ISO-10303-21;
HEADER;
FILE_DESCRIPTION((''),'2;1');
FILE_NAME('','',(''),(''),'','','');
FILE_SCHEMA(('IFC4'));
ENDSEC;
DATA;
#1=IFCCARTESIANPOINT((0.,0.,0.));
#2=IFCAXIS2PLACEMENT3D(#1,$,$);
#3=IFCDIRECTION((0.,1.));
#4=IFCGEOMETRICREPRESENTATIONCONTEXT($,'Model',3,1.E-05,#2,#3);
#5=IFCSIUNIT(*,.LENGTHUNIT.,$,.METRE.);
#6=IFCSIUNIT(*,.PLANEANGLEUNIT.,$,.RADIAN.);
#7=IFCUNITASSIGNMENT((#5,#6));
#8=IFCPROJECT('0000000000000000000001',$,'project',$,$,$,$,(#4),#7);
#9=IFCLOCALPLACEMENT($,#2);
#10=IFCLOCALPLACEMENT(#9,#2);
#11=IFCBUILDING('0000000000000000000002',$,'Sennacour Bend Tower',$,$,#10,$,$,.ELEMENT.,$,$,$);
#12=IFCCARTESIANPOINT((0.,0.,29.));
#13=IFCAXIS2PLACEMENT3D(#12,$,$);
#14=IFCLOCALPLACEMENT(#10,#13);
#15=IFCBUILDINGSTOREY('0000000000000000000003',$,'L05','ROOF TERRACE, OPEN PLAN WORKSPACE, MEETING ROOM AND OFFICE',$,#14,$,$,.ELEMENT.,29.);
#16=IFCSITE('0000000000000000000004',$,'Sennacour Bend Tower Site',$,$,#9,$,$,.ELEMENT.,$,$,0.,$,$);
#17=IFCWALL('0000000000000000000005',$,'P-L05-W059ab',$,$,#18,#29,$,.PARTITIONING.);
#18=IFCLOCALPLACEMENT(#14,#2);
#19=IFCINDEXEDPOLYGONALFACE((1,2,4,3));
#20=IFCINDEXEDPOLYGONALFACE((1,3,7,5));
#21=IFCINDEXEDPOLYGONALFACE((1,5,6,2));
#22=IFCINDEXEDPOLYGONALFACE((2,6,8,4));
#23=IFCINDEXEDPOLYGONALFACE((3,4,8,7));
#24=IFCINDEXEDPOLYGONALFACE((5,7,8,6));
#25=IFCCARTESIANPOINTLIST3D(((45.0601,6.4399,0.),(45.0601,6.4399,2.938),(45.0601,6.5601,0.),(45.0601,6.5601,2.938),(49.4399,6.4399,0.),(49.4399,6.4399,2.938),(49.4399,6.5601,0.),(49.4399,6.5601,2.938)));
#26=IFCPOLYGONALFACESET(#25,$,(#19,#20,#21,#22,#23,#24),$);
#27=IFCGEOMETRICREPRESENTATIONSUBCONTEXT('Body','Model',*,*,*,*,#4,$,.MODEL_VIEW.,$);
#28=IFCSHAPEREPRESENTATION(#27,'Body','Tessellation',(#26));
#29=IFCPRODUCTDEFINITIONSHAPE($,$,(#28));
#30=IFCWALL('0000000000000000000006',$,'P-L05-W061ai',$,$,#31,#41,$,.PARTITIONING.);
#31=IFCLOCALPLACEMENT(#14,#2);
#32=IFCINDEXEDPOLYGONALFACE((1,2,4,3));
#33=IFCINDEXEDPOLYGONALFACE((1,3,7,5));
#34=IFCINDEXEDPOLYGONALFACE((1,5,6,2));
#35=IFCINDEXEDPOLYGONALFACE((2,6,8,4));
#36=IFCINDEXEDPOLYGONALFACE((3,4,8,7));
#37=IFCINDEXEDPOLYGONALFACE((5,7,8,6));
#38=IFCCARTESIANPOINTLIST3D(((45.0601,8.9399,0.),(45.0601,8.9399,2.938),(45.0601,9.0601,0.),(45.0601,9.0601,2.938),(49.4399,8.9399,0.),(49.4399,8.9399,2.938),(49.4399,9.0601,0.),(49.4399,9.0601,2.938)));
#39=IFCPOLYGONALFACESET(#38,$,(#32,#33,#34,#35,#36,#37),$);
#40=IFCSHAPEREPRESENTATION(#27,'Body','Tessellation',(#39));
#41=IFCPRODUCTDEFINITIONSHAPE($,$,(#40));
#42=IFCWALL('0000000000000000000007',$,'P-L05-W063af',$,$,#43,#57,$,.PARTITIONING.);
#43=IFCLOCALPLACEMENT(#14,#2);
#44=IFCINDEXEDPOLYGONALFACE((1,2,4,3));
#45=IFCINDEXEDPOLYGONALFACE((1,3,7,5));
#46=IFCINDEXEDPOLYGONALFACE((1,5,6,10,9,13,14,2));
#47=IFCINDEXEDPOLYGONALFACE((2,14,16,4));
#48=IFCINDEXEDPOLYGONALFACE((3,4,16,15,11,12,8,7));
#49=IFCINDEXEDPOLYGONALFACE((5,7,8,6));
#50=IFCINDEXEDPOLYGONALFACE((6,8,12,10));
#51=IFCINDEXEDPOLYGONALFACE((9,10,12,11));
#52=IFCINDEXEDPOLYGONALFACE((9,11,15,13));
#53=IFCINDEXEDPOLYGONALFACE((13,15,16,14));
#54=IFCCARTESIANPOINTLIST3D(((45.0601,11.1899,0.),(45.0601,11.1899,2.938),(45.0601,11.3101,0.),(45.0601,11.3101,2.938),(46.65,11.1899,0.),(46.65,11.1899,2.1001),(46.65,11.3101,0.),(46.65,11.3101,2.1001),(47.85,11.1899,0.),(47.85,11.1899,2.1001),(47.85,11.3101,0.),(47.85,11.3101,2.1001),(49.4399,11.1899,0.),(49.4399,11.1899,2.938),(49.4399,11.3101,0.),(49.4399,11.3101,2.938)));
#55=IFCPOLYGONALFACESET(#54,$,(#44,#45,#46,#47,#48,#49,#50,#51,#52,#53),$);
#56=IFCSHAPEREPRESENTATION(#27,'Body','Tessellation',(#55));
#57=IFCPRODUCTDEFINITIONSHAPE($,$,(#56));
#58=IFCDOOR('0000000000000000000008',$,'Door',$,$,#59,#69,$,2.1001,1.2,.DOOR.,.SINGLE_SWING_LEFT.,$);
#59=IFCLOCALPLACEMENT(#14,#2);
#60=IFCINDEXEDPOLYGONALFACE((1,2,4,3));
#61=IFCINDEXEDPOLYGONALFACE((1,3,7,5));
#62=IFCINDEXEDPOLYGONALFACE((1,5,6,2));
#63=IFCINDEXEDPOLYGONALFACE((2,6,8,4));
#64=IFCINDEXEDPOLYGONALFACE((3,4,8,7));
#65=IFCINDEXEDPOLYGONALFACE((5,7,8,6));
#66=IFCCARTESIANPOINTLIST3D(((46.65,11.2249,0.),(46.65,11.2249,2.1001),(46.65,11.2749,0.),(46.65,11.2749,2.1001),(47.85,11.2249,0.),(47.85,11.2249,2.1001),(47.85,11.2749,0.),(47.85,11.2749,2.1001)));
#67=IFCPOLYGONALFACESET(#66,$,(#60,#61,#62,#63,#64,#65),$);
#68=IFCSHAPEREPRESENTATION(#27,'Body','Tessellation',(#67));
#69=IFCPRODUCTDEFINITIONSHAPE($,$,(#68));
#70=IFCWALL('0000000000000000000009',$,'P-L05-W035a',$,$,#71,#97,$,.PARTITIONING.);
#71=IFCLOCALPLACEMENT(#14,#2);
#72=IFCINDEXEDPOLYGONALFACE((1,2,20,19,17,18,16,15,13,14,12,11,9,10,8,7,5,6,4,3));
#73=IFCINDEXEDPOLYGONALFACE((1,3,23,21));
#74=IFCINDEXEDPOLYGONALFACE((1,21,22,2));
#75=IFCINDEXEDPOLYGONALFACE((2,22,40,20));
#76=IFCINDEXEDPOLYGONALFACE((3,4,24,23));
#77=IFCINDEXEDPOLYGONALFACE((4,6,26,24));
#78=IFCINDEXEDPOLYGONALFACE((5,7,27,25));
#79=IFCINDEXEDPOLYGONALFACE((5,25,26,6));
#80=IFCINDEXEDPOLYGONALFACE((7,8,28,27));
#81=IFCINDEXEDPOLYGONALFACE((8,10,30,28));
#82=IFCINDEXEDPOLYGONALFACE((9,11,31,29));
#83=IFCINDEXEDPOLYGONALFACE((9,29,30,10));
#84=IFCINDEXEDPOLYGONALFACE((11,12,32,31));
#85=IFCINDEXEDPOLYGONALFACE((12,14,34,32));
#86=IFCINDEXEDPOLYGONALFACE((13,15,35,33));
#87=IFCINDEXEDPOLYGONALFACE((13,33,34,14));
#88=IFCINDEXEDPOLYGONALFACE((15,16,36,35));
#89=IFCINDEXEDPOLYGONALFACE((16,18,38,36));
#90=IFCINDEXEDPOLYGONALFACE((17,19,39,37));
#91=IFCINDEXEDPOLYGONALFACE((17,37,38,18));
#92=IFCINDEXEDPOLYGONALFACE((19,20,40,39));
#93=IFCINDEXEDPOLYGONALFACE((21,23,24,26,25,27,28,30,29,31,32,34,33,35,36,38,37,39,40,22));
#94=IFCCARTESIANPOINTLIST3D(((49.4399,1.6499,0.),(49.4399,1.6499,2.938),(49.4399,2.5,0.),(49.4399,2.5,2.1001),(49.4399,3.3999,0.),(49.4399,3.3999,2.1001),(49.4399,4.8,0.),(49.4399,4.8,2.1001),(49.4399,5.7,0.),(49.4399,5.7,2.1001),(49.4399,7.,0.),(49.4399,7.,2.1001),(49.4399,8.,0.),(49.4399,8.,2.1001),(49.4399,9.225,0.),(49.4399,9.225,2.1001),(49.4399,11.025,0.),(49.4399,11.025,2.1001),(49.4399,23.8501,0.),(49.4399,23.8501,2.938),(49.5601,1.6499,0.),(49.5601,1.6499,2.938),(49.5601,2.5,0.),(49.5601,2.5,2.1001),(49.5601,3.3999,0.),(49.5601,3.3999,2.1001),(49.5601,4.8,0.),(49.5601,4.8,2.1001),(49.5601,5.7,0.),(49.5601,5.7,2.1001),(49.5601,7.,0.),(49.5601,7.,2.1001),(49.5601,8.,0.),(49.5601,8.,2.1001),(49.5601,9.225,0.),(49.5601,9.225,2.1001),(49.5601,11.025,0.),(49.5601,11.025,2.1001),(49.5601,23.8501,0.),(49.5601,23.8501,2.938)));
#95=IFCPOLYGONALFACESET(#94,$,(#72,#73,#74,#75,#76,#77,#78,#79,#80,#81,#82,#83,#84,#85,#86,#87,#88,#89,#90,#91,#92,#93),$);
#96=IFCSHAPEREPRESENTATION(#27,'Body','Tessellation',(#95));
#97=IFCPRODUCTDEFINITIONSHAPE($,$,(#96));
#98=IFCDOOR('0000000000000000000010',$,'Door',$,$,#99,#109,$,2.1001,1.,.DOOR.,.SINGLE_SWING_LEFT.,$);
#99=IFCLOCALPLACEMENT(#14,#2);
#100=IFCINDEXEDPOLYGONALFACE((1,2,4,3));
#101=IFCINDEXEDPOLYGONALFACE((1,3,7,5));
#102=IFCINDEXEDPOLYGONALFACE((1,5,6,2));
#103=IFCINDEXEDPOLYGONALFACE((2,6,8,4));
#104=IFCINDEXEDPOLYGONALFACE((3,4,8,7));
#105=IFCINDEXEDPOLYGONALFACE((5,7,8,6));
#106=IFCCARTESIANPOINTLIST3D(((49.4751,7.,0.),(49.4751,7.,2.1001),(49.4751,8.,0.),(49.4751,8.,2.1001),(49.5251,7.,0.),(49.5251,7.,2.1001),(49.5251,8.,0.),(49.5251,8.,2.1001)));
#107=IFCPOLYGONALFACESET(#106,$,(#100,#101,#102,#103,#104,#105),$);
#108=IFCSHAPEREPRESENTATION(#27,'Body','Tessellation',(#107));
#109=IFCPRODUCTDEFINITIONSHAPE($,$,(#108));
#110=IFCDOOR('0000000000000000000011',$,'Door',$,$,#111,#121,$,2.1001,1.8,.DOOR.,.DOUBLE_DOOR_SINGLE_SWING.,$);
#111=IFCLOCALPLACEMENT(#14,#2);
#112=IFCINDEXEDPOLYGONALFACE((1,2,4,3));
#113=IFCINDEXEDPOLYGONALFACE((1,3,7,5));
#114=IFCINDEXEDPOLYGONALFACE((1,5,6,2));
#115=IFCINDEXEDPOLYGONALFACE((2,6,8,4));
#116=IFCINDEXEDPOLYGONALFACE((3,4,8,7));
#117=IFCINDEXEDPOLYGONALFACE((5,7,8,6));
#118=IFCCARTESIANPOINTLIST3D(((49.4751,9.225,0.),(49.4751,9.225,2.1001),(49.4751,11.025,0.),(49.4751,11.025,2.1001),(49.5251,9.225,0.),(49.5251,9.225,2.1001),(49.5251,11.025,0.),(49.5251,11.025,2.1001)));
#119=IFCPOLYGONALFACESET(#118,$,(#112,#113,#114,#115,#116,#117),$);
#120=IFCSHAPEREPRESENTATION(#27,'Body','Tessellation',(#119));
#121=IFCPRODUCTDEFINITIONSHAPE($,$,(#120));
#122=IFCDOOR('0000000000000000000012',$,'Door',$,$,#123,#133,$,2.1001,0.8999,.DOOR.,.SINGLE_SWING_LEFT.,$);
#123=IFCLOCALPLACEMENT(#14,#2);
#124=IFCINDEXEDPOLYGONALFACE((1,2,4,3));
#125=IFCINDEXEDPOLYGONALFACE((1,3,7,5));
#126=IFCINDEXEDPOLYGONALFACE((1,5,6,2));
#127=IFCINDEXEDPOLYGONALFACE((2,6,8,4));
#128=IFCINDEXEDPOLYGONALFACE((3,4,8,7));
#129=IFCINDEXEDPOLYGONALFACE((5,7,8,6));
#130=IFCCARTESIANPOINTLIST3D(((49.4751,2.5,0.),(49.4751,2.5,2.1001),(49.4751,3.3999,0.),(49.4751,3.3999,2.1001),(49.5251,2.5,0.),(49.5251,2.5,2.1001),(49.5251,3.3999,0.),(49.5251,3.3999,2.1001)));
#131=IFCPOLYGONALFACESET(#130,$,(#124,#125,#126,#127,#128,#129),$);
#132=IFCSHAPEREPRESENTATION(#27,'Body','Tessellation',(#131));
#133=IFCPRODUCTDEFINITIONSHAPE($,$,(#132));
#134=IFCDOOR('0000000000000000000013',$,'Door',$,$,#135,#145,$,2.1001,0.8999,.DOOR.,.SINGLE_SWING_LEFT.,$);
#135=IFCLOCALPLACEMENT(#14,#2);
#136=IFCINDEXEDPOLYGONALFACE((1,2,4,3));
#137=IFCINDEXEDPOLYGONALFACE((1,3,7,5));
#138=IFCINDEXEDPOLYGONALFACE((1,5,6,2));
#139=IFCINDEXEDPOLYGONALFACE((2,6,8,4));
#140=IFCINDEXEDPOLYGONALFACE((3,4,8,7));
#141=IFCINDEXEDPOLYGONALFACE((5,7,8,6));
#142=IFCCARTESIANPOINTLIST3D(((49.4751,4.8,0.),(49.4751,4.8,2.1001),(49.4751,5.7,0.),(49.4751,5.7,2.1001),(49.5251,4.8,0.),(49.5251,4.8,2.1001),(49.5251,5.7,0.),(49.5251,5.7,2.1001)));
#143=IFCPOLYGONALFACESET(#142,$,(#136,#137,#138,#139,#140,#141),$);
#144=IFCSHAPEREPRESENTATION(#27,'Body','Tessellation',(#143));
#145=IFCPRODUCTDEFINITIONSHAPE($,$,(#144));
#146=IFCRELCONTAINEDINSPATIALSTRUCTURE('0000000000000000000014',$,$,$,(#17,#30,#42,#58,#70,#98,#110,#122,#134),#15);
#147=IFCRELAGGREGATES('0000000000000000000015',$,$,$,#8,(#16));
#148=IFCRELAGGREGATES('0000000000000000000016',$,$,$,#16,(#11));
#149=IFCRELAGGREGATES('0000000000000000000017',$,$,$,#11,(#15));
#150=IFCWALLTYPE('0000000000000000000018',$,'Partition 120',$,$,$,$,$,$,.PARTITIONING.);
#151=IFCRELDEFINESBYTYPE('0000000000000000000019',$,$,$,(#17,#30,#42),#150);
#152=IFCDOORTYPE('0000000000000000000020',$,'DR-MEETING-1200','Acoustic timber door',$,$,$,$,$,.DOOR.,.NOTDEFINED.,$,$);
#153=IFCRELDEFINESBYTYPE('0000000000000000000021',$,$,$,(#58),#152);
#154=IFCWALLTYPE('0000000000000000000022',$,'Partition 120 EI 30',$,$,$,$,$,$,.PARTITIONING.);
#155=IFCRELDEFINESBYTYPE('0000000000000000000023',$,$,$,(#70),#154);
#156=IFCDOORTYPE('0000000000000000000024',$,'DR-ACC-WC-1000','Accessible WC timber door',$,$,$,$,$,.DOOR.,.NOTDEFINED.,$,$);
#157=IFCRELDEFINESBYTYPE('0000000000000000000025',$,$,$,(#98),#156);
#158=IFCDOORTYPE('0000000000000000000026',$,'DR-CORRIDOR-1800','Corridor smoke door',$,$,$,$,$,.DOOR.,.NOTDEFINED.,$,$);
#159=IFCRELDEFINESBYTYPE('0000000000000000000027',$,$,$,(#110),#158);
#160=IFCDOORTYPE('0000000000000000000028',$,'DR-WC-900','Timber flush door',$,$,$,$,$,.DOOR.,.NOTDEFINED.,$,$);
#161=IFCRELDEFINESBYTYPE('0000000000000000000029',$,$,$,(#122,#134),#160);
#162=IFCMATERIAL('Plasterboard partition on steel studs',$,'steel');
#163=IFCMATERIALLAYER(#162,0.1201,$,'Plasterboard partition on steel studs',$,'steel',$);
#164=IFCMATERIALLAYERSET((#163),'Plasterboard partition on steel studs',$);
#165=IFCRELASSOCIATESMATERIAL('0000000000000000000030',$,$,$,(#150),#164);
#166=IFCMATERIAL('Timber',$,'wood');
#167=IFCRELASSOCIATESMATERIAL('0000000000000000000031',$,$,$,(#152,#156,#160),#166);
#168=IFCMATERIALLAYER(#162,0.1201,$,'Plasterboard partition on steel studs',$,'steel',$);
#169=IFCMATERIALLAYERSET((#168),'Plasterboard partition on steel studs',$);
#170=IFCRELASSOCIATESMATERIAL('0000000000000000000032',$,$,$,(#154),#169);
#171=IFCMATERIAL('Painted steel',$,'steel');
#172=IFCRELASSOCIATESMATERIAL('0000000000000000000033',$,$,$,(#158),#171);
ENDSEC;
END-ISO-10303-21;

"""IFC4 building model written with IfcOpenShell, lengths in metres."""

from ifc_helpers import new_model, si_unit, direction, frame, frame_2d, origin, place, context, subcontext, project, spatial, rectangle, extrude, material, layer, layer_set, type_object, element, fill, save


model = new_model("IFC4")

# Units and contexts
model_context = context("Model", 3, precision=1e-05, world=origin(), true_north=direction((0.0, 1.0)))
body_context = subcontext(model_context, "Body", "Model", "MODEL_VIEW")
ifc_project = project(units=[si_unit("LENGTHUNIT", "METRE"), si_unit("PLANEANGLEUNIT", "RADIAN")], contexts=[model_context])

# Site, building, storey
site_placement = place(None, origin())
site = spatial("IfcSite", under=ifc_project, at=site_placement, Name="Sennacour Bend Tower Site", CompositionType="ELEMENT", RefElevation=0.0)
building_placement = place(site_placement, origin())
building = spatial("IfcBuilding", under=site, at=building_placement, Name="Sennacour Bend Tower", CompositionType="ELEMENT")
storey_placement = place(building_placement, frame((0.0, 0.0, 29.0)))
storey = spatial("IfcBuildingStorey", under=building, at=storey_placement, Name="L05", Description="ROOF TERRACE, OPEN PLAN WORKSPACE, MEETING ROOM AND OFFICE", CompositionType="ELEMENT", Elevation=29.0)

# Walls
ifc_material_1 = material(Name="Plasterboard partition on steel studs", Category="steel")
ifc_layer_1 = layer(ifc_material_1, 0.1201, Name="Plasterboard partition on steel studs", Category="steel")
ifc_layer_set_1 = layer_set([ifc_layer_1], Name="Plasterboard partition on steel studs")
wall_type_1 = type_object("IfcWallType", Name="Partition 120", PredefinedType="PARTITIONING", material=ifc_layer_set_1)
for number, where, z_axis, x_axis, name in (
    (1, (45.0601, 6.5, 0.0), (0.0, 0.0, 1.0), (1.0, 0.0, 0.0), "P-L05-W059ab"),
    (2, (45.0601, 9.0, 0.0), (0.0, 0.0, 1.0), (1.0, 0.0, 0.0), "P-L05-W061ai"),
):
    element("IfcWall", number, at=place(storey_placement, frame(where, z_axis=z_axis, x_axis=x_axis)), inside=storey, type_object=wall_type_1, Name=name, PredefinedType="PARTITIONING", context=body_context, shape_type="SweptSolid", body=[
        extrude(rectangle(XDim=4.3799, YDim=0.1201, at=frame_2d((2.1899, 0.0))), origin(), (0.0, 0.0, 1.0), 2.938),
    ])

# Wall, opening, door
wall_1_placement = place(storey_placement, frame((45.0601, 11.25, 0.0), z_axis=(0.0, 0.0, 1.0), x_axis=(1.0, 0.0, 0.0)))
wall_1 = element("IfcWall", 3, at=wall_1_placement, inside=storey, type_object=wall_type_1, Name="P-L05-W063af", PredefinedType="PARTITIONING", context=body_context, shape_type="SweptSolid", body=[
    extrude(rectangle(XDim=4.3799, YDim=0.1201, at=frame_2d((2.1899, 0.0))), origin(), (0.0, 0.0, 1.0), 2.938),
])
opening_1_placement = place(wall_1_placement, frame((1.5898, 0.0, 0.0)))
opening_1 = element("IfcOpeningElement", 4, at=opening_1_placement, cuts=wall_1, PredefinedType="OPENING", context=body_context, shape_type="SweptSolid", body=[
    extrude(rectangle(XDim=1.2, YDim=2.1001, at=frame_2d((0.6001, 1.05))), frame((0.0, 0.0701, 0.0), z_axis=(0.0, -1.0, 0.0), x_axis=(1.0, 0.0, 0.0)), (0.0, 0.0, 1.0), 0.1401),
])
ifc_material_2 = material(Name="Timber", Category="wood")
door_type_1 = type_object("IfcDoorType", Name="DR-MEETING-1200", Description="Acoustic timber door", OperationType="NOTDEFINED", PredefinedType="DOOR", material=ifc_material_2)
door_1_placement = place(opening_1_placement, origin())
door_1 = element("IfcDoor", 5, at=door_1_placement, inside=storey, type_object=door_type_1, Name="Door", OperationType="SINGLE_SWING_LEFT", OverallHeight=2.1001, OverallWidth=1.2, PredefinedType="DOOR", context=body_context, shape_type="SweptSolid", body=[
    extrude(rectangle(XDim=1.2, YDim=2.1001, at=frame_2d((0.6001, 1.05))), frame((0.0, 0.0249, 0.0), z_axis=(0.0, -1.0, 0.0), x_axis=(1.0, 0.0, 0.0)), (0.0, 0.0, 1.0), 0.05),
])
fill(opening_1, door_1)

# Wall, openings, doors
ifc_layer_2 = layer(ifc_material_1, 0.1201, Name="Plasterboard partition on steel studs", Category="steel")
ifc_layer_set_2 = layer_set([ifc_layer_2], Name="Plasterboard partition on steel studs")
wall_type_2 = type_object("IfcWallType", Name="Partition 120 EI 30", PredefinedType="PARTITIONING", material=ifc_layer_set_2)
wall_2_placement = place(storey_placement, frame((49.5, 1.6499, 0.0), z_axis=(0.0, 0.0, 1.0), x_axis=(0.0, 1.0, 0.0)))
wall_2 = element("IfcWall", 6, at=wall_2_placement, inside=storey, type_object=wall_type_2, Name="P-L05-W035a", PredefinedType="PARTITIONING", context=body_context, shape_type="SweptSolid", body=[
    extrude(rectangle(XDim=22.2002, YDim=0.1201, at=frame_2d((11.1001, 0.0))), origin(), (0.0, 0.0, 1.0), 2.938),
])
opening_2_placement = place(wall_2_placement, frame((7.5752, 0.0, 0.0)))
opening_2 = element("IfcOpeningElement", 7, at=opening_2_placement, cuts=wall_2, PredefinedType="OPENING", context=body_context, shape_type="SweptSolid", body=[
    extrude(rectangle(XDim=1.8, YDim=2.1001, at=frame_2d((0.8999, 1.05))), frame((0.0, 0.0701, 0.0), z_axis=(0.0, -1.0, 0.0), x_axis=(1.0, 0.0, 0.0)), (0.0, 0.0, 1.0), 0.1401),
])
opening_3_placement = place(wall_2_placement, frame((0.8501, 0.0, 0.0)))
opening_3 = element("IfcOpeningElement", 8, at=opening_3_placement, cuts=wall_2, PredefinedType="OPENING", context=body_context, shape_type="SweptSolid", body=[
    extrude(rectangle(XDim=0.8999, YDim=2.1001, at=frame_2d((0.45, 1.05))), frame((0.0, 0.0701, 0.0), z_axis=(0.0, -1.0, 0.0), x_axis=(1.0, 0.0, 0.0)), (0.0, 0.0, 1.0), 0.1401),
])
opening_4_placement = place(wall_2_placement, frame((3.1501, 0.0, 0.0)))
opening_4 = element("IfcOpeningElement", 9, at=opening_4_placement, cuts=wall_2, PredefinedType="OPENING", context=body_context, shape_type="SweptSolid", body=[
    extrude(rectangle(XDim=0.8999, YDim=2.1001, at=frame_2d((0.45, 1.05))), frame((0.0, 0.0701, 0.0), z_axis=(0.0, -1.0, 0.0), x_axis=(1.0, 0.0, 0.0)), (0.0, 0.0, 1.0), 0.1401),
])
opening_5_placement = place(wall_2_placement, frame((5.3501, 0.0, 0.0)))
opening_5 = element("IfcOpeningElement", 10, at=opening_5_placement, cuts=wall_2, PredefinedType="OPENING", context=body_context, shape_type="SweptSolid", body=[
    extrude(rectangle(XDim=1.0, YDim=2.1001, at=frame_2d((0.5, 1.05))), frame((0.0, 0.0701, 0.0), z_axis=(0.0, -1.0, 0.0), x_axis=(1.0, 0.0, 0.0)), (0.0, 0.0, 1.0), 0.1401),
])
door_type_2 = type_object("IfcDoorType", Name="DR-ACC-WC-1000", Description="Accessible WC timber door", OperationType="NOTDEFINED", PredefinedType="DOOR", material=ifc_material_2)
door_2_placement = place(opening_5_placement, origin())
door_2 = element("IfcDoor", 11, at=door_2_placement, inside=storey, type_object=door_type_2, Name="Door", OperationType="SINGLE_SWING_LEFT", OverallHeight=2.1001, OverallWidth=1.0, PredefinedType="DOOR", context=body_context, shape_type="SweptSolid", body=[
    extrude(rectangle(XDim=1.0, YDim=2.1001, at=frame_2d((0.5, 1.05))), frame((0.0, 0.0249, 0.0), z_axis=(0.0, -1.0, 0.0), x_axis=(1.0, 0.0, 0.0)), (0.0, 0.0, 1.0), 0.05),
])
fill(opening_5, door_2)
ifc_material_3 = material(Name="Painted steel", Category="steel")
door_type_3 = type_object("IfcDoorType", Name="DR-CORRIDOR-1800", Description="Corridor smoke door", OperationType="NOTDEFINED", PredefinedType="DOOR", material=ifc_material_3)
door_3_placement = place(opening_2_placement, origin())
door_3 = element("IfcDoor", 12, at=door_3_placement, inside=storey, type_object=door_type_3, Name="Door", OperationType="DOUBLE_DOOR_SINGLE_SWING", OverallHeight=2.1001, OverallWidth=1.8, PredefinedType="DOOR", context=body_context, shape_type="SweptSolid", body=[
    extrude(rectangle(XDim=1.8, YDim=2.1001, at=frame_2d((0.8999, 1.05))), frame((0.0, 0.0249, 0.0), z_axis=(0.0, -1.0, 0.0), x_axis=(1.0, 0.0, 0.0)), (0.0, 0.0, 1.0), 0.05),
])
fill(opening_2, door_3)
door_type_4 = type_object("IfcDoorType", Name="DR-WC-900", Description="Timber flush door", OperationType="NOTDEFINED", PredefinedType="DOOR", material=ifc_material_2)
door_4_placement = place(opening_3_placement, origin())
door_4 = element("IfcDoor", 13, at=door_4_placement, inside=storey, type_object=door_type_4, Name="Door", OperationType="SINGLE_SWING_LEFT", OverallHeight=2.1001, OverallWidth=0.8999, PredefinedType="DOOR", context=body_context, shape_type="SweptSolid", body=[
    extrude(rectangle(XDim=0.8999, YDim=2.1001, at=frame_2d((0.45, 1.05))), frame((0.0, 0.0249, 0.0), z_axis=(0.0, -1.0, 0.0), x_axis=(1.0, 0.0, 0.0)), (0.0, 0.0, 1.0), 0.05),
])
fill(opening_3, door_4)
door_5_placement = place(opening_4_placement, origin())
door_5 = element("IfcDoor", 14, at=door_5_placement, inside=storey, type_object=door_type_4, Name="Door", OperationType="SINGLE_SWING_LEFT", OverallHeight=2.1001, OverallWidth=0.8999, PredefinedType="DOOR", context=body_context, shape_type="SweptSolid", body=[
    extrude(rectangle(XDim=0.8999, YDim=2.1001, at=frame_2d((0.45, 1.05))), frame((0.0, 0.0249, 0.0), z_axis=(0.0, -1.0, 0.0), x_axis=(1.0, 0.0, 0.0)), (0.0, 0.0, 1.0), 0.05),
])
fill(opening_4, door_5)

save(model, "model.ifc")
